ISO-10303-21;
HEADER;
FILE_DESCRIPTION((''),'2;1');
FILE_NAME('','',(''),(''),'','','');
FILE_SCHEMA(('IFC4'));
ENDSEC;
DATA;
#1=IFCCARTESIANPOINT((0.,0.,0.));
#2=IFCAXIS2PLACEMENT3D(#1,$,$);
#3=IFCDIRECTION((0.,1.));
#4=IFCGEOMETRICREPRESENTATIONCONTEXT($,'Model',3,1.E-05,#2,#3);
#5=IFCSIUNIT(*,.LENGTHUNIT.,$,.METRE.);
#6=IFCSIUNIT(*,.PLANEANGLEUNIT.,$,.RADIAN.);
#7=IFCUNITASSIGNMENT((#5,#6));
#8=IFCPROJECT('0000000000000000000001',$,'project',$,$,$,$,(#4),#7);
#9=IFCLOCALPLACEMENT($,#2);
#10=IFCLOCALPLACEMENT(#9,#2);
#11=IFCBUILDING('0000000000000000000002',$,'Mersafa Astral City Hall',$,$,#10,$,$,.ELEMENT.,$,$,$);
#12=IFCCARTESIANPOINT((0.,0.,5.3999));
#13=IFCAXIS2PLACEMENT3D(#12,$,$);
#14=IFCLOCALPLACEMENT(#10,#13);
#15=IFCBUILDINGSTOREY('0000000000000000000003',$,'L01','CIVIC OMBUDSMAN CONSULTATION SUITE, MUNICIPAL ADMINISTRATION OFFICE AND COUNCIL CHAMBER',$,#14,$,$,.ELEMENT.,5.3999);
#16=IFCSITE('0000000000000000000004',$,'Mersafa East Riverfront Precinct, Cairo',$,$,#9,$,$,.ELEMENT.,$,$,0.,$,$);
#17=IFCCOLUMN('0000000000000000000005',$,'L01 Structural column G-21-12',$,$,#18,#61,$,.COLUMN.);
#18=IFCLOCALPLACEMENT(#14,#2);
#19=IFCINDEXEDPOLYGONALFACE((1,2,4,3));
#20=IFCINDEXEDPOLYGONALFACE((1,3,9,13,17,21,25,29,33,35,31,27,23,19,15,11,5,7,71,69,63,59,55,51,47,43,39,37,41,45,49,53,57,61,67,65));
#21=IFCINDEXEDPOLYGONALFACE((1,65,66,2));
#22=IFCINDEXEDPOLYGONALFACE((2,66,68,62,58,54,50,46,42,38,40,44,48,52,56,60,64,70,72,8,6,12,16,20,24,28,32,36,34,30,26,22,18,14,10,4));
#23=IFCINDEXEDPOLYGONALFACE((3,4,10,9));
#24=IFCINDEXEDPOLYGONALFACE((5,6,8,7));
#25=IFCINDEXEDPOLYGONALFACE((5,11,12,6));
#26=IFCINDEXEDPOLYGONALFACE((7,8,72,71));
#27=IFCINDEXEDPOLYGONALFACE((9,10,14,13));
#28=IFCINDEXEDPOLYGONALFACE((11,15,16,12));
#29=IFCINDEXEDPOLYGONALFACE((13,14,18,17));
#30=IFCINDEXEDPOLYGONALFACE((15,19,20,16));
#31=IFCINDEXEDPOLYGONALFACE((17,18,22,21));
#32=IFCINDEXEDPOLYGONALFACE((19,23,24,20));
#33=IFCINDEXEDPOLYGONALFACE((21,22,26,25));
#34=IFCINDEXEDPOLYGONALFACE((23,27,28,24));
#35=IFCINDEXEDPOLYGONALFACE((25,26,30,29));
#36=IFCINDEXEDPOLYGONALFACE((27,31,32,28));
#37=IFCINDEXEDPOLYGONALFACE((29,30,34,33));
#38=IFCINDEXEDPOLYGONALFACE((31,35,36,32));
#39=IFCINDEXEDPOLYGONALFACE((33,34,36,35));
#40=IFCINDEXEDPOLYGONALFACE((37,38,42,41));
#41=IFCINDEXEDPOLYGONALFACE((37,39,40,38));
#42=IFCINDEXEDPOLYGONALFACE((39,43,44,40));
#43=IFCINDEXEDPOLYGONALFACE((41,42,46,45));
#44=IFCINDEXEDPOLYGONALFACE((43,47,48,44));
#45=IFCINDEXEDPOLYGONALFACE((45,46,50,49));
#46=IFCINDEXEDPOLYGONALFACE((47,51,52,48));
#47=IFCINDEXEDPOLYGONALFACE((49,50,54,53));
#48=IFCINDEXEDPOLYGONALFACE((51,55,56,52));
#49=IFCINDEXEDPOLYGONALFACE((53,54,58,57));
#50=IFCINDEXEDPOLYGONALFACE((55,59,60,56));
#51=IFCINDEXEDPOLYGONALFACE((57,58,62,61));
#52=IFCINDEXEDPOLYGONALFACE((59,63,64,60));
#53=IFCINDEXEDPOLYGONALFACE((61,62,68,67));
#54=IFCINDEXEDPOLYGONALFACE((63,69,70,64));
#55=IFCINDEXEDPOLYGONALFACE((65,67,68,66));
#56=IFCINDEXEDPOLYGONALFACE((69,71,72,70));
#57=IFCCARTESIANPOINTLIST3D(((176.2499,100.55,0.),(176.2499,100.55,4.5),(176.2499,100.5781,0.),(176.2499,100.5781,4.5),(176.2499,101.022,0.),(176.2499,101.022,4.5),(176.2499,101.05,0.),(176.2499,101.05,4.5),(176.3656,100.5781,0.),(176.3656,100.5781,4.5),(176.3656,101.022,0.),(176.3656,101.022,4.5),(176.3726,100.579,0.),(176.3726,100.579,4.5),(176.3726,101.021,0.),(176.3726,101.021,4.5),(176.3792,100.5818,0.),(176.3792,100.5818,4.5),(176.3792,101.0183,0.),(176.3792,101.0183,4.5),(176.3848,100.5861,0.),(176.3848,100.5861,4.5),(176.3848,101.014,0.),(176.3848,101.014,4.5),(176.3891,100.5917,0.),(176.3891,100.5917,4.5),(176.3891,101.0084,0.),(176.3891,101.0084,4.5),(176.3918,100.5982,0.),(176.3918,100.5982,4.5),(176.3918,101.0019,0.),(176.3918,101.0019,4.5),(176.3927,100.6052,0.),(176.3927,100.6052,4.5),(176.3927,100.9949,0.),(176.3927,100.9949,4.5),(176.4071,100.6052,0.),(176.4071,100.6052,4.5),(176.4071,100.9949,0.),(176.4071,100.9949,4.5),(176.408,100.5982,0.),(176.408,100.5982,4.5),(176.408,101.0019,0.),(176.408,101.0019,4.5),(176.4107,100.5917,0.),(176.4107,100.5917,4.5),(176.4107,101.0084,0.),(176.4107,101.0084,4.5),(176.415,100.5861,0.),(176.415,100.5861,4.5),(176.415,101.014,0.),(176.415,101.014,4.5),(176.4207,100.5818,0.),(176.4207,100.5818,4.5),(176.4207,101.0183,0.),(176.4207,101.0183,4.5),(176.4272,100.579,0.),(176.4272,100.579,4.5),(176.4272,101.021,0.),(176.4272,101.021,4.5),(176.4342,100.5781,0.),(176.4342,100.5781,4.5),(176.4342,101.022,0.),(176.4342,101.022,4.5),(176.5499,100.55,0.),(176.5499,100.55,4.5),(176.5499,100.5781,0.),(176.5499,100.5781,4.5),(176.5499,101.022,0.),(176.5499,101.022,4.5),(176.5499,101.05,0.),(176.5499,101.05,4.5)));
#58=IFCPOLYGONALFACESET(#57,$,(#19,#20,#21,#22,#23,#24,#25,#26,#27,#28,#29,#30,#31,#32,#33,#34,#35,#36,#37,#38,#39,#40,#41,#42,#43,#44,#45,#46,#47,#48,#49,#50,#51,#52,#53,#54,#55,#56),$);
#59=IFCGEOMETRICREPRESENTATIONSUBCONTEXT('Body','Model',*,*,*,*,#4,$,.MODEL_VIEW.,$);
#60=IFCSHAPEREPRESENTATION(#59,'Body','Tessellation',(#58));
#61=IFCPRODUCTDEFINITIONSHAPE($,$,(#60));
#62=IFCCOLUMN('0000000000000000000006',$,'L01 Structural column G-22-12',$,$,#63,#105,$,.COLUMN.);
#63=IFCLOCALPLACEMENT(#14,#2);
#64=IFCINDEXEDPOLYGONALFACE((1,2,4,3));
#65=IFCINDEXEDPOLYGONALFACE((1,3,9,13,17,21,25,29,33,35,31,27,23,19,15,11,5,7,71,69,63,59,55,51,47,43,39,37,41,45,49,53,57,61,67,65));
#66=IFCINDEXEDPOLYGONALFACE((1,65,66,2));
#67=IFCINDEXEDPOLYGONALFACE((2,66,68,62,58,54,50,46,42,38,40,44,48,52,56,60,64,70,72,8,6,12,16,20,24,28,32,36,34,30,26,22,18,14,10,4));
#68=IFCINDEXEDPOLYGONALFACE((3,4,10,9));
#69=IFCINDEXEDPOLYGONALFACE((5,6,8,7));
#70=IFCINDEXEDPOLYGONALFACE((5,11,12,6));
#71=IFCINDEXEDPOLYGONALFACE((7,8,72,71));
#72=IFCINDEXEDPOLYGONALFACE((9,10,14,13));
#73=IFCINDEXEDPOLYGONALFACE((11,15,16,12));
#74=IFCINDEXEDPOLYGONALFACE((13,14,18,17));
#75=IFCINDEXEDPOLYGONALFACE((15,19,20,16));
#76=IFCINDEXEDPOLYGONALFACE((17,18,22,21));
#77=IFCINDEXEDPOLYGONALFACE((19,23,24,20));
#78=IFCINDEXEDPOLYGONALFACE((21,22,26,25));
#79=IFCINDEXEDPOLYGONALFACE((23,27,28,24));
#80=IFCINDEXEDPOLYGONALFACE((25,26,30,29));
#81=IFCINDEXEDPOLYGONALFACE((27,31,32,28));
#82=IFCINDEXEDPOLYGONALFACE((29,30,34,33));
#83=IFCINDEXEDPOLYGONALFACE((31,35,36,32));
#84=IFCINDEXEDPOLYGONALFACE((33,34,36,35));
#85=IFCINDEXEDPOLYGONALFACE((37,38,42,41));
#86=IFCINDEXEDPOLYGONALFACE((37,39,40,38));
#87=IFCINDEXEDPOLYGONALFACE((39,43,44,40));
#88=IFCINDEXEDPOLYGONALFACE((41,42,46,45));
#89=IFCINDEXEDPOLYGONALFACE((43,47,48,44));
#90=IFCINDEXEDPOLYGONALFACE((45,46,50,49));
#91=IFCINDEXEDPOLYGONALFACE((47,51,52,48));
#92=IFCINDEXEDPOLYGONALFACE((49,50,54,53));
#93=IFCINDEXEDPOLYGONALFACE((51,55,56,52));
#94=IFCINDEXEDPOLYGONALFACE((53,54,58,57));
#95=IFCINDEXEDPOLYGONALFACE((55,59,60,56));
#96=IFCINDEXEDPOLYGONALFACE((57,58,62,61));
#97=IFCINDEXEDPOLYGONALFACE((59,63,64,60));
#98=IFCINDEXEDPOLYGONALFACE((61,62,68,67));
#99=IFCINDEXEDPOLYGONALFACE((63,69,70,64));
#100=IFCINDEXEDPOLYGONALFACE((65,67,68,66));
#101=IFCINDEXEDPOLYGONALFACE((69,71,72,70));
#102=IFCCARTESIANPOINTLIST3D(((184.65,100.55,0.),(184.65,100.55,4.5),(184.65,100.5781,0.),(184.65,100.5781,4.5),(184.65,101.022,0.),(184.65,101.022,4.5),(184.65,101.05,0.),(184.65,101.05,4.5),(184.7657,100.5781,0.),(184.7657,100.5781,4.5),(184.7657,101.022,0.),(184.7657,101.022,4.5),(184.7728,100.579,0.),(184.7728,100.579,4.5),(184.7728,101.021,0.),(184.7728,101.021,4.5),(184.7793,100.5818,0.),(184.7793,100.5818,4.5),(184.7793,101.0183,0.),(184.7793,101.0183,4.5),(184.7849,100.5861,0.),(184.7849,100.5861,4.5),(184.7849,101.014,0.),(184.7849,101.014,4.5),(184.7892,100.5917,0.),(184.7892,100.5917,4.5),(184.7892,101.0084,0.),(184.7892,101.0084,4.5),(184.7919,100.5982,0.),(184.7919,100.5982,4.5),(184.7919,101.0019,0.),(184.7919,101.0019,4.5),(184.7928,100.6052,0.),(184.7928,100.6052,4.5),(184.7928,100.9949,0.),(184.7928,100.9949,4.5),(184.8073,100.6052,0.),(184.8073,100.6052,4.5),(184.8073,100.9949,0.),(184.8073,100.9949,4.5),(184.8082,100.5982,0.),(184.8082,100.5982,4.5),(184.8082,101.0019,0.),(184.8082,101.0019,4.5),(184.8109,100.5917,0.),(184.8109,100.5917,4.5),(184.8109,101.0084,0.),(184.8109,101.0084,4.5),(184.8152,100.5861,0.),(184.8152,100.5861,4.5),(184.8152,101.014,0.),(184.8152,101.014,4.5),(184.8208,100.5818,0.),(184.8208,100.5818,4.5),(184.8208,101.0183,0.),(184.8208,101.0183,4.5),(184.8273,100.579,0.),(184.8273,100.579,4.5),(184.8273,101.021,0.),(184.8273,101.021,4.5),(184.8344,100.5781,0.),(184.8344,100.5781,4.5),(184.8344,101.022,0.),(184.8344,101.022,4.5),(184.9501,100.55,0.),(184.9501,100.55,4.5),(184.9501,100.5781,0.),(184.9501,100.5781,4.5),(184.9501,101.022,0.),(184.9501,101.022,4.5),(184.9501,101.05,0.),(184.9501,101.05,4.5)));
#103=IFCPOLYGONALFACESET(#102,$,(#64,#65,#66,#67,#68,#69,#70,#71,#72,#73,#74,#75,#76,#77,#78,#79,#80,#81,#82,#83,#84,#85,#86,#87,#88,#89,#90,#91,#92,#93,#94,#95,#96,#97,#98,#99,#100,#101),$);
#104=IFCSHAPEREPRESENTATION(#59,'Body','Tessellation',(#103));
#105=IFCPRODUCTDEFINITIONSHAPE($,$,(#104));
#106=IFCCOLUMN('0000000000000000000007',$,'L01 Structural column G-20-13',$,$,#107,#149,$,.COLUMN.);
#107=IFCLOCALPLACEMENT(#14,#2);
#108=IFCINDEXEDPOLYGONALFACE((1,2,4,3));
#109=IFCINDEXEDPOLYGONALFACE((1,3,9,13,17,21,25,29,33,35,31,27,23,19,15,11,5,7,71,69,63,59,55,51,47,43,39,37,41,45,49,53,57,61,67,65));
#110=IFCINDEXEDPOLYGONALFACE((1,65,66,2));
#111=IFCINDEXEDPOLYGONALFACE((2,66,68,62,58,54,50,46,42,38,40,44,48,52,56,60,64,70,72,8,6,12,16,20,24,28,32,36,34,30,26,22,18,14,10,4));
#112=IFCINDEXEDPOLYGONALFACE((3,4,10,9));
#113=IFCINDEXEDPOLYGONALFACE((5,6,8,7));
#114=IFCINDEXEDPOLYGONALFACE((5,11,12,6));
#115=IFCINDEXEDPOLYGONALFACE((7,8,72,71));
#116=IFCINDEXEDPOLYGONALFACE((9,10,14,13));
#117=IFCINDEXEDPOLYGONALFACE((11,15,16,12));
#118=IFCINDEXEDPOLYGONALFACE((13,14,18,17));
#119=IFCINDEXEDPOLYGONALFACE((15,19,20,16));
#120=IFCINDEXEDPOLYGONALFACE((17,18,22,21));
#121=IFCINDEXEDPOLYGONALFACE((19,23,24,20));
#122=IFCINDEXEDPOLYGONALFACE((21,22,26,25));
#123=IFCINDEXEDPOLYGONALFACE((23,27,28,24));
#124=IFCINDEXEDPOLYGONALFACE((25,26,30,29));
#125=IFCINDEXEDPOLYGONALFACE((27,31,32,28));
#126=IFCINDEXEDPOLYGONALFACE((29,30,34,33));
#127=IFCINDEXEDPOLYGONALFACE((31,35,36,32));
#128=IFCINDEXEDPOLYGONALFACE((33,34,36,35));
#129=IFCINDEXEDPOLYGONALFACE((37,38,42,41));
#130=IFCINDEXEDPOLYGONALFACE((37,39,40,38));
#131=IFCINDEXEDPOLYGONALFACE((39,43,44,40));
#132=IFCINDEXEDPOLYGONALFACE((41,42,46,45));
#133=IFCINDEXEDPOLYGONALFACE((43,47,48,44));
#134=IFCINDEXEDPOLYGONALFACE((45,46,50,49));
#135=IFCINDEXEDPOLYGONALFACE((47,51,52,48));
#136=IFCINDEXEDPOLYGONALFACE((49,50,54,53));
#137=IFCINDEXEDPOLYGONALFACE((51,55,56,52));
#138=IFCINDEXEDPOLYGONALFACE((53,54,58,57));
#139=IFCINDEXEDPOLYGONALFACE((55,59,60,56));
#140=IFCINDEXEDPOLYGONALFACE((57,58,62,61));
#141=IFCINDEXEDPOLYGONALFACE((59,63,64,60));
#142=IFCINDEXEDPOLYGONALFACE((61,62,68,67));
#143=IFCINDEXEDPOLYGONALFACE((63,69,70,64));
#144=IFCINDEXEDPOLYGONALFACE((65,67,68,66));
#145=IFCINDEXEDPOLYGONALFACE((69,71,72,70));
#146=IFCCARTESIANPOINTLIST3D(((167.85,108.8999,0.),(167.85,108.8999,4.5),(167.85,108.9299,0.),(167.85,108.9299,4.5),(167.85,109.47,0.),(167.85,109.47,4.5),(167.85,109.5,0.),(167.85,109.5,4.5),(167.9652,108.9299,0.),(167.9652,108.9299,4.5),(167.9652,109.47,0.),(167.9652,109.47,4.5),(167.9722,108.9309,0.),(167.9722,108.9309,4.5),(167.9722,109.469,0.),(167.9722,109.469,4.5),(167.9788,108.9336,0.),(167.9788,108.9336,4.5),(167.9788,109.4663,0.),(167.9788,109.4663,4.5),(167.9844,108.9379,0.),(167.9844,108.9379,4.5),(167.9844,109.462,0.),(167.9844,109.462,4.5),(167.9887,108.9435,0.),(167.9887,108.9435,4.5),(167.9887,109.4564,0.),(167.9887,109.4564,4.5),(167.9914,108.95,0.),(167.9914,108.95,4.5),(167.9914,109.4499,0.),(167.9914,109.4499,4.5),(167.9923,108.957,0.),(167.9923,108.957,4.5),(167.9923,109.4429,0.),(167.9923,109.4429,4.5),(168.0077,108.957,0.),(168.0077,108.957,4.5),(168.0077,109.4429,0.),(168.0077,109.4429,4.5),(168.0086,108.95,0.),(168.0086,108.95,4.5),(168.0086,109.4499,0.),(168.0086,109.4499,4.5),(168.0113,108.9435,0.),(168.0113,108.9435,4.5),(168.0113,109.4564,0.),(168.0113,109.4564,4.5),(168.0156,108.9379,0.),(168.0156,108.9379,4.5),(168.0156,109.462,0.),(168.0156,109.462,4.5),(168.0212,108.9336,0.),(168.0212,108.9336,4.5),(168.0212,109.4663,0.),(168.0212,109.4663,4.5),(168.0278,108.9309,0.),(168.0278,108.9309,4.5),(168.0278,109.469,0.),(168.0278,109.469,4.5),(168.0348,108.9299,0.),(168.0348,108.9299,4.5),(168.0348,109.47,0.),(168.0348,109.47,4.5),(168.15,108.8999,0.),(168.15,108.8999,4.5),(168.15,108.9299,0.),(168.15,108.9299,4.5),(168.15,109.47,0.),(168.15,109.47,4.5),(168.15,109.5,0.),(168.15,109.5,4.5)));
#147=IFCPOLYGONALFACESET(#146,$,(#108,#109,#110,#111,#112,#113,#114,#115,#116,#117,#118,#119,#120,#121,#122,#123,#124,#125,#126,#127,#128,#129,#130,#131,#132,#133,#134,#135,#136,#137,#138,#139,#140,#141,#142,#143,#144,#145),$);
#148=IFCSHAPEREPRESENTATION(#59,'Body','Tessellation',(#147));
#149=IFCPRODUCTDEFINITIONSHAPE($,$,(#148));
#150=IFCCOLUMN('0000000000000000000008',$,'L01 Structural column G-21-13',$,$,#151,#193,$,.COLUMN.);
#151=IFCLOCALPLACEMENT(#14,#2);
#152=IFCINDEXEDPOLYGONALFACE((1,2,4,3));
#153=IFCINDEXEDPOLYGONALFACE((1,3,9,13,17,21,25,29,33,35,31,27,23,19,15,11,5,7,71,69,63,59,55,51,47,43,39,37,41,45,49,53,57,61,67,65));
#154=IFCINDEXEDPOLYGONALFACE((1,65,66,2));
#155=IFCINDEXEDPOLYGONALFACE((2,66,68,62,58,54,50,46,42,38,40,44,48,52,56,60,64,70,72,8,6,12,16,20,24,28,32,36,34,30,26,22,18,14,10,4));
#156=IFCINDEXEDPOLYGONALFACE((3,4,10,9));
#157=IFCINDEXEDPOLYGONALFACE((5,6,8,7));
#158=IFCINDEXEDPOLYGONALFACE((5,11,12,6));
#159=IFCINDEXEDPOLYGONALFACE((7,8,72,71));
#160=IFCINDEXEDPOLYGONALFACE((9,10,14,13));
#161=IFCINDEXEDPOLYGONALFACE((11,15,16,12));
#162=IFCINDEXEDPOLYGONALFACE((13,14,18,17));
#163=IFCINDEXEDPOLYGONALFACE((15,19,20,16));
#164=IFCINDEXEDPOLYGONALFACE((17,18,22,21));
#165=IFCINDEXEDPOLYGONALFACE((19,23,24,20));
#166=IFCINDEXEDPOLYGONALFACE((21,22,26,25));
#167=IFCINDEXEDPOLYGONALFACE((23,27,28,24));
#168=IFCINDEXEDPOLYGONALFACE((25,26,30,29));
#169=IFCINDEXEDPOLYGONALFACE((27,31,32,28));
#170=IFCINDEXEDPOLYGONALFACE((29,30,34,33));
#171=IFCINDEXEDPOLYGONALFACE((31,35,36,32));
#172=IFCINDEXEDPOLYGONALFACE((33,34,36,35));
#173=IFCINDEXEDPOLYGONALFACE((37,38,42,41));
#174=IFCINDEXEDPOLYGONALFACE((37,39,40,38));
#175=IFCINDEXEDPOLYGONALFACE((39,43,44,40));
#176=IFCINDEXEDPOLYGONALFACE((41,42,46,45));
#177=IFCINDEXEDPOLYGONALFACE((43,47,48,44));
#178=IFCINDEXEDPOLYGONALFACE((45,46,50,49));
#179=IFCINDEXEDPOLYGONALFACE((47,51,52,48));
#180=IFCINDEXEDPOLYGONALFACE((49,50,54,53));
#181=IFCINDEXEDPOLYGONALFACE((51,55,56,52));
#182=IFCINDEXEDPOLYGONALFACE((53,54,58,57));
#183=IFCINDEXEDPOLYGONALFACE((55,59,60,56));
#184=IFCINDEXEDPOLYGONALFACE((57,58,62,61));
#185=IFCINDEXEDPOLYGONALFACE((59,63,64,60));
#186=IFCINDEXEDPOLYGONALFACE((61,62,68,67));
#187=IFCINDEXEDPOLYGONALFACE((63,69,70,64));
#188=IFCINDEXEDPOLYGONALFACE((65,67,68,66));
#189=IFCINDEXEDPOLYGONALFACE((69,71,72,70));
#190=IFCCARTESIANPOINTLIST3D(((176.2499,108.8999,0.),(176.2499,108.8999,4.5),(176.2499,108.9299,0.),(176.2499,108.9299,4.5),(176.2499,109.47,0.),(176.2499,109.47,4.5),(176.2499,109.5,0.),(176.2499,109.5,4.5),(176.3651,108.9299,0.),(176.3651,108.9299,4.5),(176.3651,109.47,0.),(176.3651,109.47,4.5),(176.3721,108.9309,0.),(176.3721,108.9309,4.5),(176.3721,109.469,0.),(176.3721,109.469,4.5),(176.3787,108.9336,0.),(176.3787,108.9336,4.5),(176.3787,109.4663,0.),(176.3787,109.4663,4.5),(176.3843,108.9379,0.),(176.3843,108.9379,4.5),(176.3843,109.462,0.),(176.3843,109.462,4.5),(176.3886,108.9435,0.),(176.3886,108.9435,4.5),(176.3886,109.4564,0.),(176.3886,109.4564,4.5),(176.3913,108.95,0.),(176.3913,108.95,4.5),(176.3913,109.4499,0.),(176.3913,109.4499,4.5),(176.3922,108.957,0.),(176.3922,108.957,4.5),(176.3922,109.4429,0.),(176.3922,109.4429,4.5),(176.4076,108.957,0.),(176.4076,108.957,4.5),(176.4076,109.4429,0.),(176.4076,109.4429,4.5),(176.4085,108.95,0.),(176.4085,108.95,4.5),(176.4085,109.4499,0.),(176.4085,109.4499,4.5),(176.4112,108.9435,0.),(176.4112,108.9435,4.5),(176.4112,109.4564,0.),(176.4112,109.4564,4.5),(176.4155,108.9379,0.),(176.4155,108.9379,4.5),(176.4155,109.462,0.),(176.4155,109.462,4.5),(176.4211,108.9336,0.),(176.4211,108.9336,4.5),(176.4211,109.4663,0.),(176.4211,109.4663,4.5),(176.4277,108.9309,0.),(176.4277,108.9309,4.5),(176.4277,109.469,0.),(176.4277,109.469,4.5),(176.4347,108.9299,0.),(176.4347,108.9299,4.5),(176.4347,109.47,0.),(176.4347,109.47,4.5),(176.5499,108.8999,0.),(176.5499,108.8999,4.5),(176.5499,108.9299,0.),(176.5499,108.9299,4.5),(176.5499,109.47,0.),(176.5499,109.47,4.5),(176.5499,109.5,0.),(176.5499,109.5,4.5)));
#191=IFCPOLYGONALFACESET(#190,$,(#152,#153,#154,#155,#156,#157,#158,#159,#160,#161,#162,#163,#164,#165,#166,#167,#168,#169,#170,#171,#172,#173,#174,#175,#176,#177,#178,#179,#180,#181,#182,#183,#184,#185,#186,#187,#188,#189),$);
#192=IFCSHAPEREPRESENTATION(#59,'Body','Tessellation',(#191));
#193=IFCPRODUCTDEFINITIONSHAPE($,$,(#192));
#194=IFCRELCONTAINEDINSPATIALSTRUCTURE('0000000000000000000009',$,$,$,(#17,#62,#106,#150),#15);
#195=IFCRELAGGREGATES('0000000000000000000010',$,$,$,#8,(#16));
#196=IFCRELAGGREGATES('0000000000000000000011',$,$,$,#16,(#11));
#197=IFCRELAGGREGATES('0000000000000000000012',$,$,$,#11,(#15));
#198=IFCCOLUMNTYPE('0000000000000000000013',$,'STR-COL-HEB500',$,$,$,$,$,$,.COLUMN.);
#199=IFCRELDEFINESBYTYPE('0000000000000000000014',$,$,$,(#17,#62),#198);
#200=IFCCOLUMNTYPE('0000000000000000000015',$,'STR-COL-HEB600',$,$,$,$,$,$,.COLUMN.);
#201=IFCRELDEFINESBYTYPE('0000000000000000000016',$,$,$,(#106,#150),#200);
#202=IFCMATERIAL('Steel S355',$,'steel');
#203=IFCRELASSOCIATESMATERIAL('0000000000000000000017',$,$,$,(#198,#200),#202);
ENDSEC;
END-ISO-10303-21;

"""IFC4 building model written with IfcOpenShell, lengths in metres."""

from ifc_helpers import new_model, si_unit, direction, frame, origin, origin_2d, place, context, subcontext, project, spatial, i_section, extrude, material, material_profile, profile_set, type_object, element, save


model = new_model("IFC4")

# Units and contexts
model_context = context("Model", 3, precision=1e-05, world=origin(), true_north=direction((0.0, 1.0)))
body_context = subcontext(model_context, "Body", "Model", "MODEL_VIEW")
ifc_project = project(units=[si_unit("LENGTHUNIT", "METRE"), si_unit("PLANEANGLEUNIT", "RADIAN")], contexts=[model_context])

# Site, building, storey
site_placement = place(None, origin())
site = spatial("IfcSite", under=ifc_project, at=site_placement, Name="Mersafa East Riverfront Precinct, Cairo", CompositionType="ELEMENT", RefElevation=0.0)
building_placement = place(site_placement, origin())
building = spatial("IfcBuilding", under=site, at=building_placement, Name="Mersafa Astral City Hall", CompositionType="ELEMENT")
storey_placement = place(building_placement, frame((0.0, 0.0, 5.3999)))
storey = spatial("IfcBuildingStorey", under=building, at=storey_placement, Name="L01", Description="CIVIC OMBUDSMAN CONSULTATION SUITE, MUNICIPAL ADMINISTRATION OFFICE AND COUNCIL CHAMBER", CompositionType="ELEMENT", Elevation=5.3999)

# Columns
ifc_material_1 = material(Name="Steel S355", Category="steel")
ifc_material_profile_1 = material_profile(ifc_material_1, i_section(OverallWidth=0.3, OverallDepth=0.5, WebThickness=0.0144, FlangeThickness=0.0281, FilletRadius=0.0271, at=origin_2d()), Name="HEB 500")
ifc_profile_set_1 = profile_set([ifc_material_profile_1], Name="Steel S355")
column_type_1 = type_object("IfcColumnType", Name="STR-COL-HEB500", PredefinedType="COLUMN", material=ifc_profile_set_1)
for number, where, z_axis, x_axis, name in (
    (1, (176.3999, 100.8, 0.0), (0.0, 0.0, 1.0), (1.0, 0.0, 0.0), "L01 Structural column G-21-12"),
    (2, (184.8, 100.8, 0.0), (0.0, 0.0, 1.0), (1.0, 0.0, 0.0), "L01 Structural column G-22-12"),
):
    element("IfcColumn", number, at=place(storey_placement, frame(where, z_axis=z_axis, x_axis=x_axis)), inside=storey, type_object=column_type_1, Name=name, PredefinedType="COLUMN", context=body_context, shape_type="SweptSolid", body=[
        extrude(i_section(OverallWidth=0.3, OverallDepth=0.5, WebThickness=0.0144, FlangeThickness=0.0281, FilletRadius=0.0271, at=origin_2d()), origin(), (0.0, 0.0, 1.0), 4.5),
    ])
ifc_material_profile_2 = material_profile(ifc_material_1, i_section(OverallWidth=0.3, OverallDepth=0.6001, WebThickness=0.0154, FlangeThickness=0.03, FilletRadius=0.0271, at=origin_2d()), Name="HEB 600")
ifc_profile_set_2 = profile_set([ifc_material_profile_2], Name="Steel S355")
column_type_2 = type_object("IfcColumnType", Name="STR-COL-HEB600", PredefinedType="COLUMN", material=ifc_profile_set_2)
for number, where, z_axis, x_axis, name in (
    (3, (168.0, 109.2, 0.0), (0.0, 0.0, 1.0), (1.0, 0.0, 0.0), "L01 Structural column G-20-13"),
    (4, (176.3999, 109.2, 0.0), (0.0, 0.0, 1.0), (1.0, 0.0, 0.0), "L01 Structural column G-21-13"),
):
    element("IfcColumn", number, at=place(storey_placement, frame(where, z_axis=z_axis, x_axis=x_axis)), inside=storey, type_object=column_type_2, Name=name, PredefinedType="COLUMN", context=body_context, shape_type="SweptSolid", body=[
        extrude(i_section(OverallWidth=0.3, OverallDepth=0.6001, WebThickness=0.0154, FlangeThickness=0.03, FilletRadius=0.0271, at=origin_2d()), origin(), (0.0, 0.0, 1.0), 4.5),
    ])

save(model, "model.ifc")
